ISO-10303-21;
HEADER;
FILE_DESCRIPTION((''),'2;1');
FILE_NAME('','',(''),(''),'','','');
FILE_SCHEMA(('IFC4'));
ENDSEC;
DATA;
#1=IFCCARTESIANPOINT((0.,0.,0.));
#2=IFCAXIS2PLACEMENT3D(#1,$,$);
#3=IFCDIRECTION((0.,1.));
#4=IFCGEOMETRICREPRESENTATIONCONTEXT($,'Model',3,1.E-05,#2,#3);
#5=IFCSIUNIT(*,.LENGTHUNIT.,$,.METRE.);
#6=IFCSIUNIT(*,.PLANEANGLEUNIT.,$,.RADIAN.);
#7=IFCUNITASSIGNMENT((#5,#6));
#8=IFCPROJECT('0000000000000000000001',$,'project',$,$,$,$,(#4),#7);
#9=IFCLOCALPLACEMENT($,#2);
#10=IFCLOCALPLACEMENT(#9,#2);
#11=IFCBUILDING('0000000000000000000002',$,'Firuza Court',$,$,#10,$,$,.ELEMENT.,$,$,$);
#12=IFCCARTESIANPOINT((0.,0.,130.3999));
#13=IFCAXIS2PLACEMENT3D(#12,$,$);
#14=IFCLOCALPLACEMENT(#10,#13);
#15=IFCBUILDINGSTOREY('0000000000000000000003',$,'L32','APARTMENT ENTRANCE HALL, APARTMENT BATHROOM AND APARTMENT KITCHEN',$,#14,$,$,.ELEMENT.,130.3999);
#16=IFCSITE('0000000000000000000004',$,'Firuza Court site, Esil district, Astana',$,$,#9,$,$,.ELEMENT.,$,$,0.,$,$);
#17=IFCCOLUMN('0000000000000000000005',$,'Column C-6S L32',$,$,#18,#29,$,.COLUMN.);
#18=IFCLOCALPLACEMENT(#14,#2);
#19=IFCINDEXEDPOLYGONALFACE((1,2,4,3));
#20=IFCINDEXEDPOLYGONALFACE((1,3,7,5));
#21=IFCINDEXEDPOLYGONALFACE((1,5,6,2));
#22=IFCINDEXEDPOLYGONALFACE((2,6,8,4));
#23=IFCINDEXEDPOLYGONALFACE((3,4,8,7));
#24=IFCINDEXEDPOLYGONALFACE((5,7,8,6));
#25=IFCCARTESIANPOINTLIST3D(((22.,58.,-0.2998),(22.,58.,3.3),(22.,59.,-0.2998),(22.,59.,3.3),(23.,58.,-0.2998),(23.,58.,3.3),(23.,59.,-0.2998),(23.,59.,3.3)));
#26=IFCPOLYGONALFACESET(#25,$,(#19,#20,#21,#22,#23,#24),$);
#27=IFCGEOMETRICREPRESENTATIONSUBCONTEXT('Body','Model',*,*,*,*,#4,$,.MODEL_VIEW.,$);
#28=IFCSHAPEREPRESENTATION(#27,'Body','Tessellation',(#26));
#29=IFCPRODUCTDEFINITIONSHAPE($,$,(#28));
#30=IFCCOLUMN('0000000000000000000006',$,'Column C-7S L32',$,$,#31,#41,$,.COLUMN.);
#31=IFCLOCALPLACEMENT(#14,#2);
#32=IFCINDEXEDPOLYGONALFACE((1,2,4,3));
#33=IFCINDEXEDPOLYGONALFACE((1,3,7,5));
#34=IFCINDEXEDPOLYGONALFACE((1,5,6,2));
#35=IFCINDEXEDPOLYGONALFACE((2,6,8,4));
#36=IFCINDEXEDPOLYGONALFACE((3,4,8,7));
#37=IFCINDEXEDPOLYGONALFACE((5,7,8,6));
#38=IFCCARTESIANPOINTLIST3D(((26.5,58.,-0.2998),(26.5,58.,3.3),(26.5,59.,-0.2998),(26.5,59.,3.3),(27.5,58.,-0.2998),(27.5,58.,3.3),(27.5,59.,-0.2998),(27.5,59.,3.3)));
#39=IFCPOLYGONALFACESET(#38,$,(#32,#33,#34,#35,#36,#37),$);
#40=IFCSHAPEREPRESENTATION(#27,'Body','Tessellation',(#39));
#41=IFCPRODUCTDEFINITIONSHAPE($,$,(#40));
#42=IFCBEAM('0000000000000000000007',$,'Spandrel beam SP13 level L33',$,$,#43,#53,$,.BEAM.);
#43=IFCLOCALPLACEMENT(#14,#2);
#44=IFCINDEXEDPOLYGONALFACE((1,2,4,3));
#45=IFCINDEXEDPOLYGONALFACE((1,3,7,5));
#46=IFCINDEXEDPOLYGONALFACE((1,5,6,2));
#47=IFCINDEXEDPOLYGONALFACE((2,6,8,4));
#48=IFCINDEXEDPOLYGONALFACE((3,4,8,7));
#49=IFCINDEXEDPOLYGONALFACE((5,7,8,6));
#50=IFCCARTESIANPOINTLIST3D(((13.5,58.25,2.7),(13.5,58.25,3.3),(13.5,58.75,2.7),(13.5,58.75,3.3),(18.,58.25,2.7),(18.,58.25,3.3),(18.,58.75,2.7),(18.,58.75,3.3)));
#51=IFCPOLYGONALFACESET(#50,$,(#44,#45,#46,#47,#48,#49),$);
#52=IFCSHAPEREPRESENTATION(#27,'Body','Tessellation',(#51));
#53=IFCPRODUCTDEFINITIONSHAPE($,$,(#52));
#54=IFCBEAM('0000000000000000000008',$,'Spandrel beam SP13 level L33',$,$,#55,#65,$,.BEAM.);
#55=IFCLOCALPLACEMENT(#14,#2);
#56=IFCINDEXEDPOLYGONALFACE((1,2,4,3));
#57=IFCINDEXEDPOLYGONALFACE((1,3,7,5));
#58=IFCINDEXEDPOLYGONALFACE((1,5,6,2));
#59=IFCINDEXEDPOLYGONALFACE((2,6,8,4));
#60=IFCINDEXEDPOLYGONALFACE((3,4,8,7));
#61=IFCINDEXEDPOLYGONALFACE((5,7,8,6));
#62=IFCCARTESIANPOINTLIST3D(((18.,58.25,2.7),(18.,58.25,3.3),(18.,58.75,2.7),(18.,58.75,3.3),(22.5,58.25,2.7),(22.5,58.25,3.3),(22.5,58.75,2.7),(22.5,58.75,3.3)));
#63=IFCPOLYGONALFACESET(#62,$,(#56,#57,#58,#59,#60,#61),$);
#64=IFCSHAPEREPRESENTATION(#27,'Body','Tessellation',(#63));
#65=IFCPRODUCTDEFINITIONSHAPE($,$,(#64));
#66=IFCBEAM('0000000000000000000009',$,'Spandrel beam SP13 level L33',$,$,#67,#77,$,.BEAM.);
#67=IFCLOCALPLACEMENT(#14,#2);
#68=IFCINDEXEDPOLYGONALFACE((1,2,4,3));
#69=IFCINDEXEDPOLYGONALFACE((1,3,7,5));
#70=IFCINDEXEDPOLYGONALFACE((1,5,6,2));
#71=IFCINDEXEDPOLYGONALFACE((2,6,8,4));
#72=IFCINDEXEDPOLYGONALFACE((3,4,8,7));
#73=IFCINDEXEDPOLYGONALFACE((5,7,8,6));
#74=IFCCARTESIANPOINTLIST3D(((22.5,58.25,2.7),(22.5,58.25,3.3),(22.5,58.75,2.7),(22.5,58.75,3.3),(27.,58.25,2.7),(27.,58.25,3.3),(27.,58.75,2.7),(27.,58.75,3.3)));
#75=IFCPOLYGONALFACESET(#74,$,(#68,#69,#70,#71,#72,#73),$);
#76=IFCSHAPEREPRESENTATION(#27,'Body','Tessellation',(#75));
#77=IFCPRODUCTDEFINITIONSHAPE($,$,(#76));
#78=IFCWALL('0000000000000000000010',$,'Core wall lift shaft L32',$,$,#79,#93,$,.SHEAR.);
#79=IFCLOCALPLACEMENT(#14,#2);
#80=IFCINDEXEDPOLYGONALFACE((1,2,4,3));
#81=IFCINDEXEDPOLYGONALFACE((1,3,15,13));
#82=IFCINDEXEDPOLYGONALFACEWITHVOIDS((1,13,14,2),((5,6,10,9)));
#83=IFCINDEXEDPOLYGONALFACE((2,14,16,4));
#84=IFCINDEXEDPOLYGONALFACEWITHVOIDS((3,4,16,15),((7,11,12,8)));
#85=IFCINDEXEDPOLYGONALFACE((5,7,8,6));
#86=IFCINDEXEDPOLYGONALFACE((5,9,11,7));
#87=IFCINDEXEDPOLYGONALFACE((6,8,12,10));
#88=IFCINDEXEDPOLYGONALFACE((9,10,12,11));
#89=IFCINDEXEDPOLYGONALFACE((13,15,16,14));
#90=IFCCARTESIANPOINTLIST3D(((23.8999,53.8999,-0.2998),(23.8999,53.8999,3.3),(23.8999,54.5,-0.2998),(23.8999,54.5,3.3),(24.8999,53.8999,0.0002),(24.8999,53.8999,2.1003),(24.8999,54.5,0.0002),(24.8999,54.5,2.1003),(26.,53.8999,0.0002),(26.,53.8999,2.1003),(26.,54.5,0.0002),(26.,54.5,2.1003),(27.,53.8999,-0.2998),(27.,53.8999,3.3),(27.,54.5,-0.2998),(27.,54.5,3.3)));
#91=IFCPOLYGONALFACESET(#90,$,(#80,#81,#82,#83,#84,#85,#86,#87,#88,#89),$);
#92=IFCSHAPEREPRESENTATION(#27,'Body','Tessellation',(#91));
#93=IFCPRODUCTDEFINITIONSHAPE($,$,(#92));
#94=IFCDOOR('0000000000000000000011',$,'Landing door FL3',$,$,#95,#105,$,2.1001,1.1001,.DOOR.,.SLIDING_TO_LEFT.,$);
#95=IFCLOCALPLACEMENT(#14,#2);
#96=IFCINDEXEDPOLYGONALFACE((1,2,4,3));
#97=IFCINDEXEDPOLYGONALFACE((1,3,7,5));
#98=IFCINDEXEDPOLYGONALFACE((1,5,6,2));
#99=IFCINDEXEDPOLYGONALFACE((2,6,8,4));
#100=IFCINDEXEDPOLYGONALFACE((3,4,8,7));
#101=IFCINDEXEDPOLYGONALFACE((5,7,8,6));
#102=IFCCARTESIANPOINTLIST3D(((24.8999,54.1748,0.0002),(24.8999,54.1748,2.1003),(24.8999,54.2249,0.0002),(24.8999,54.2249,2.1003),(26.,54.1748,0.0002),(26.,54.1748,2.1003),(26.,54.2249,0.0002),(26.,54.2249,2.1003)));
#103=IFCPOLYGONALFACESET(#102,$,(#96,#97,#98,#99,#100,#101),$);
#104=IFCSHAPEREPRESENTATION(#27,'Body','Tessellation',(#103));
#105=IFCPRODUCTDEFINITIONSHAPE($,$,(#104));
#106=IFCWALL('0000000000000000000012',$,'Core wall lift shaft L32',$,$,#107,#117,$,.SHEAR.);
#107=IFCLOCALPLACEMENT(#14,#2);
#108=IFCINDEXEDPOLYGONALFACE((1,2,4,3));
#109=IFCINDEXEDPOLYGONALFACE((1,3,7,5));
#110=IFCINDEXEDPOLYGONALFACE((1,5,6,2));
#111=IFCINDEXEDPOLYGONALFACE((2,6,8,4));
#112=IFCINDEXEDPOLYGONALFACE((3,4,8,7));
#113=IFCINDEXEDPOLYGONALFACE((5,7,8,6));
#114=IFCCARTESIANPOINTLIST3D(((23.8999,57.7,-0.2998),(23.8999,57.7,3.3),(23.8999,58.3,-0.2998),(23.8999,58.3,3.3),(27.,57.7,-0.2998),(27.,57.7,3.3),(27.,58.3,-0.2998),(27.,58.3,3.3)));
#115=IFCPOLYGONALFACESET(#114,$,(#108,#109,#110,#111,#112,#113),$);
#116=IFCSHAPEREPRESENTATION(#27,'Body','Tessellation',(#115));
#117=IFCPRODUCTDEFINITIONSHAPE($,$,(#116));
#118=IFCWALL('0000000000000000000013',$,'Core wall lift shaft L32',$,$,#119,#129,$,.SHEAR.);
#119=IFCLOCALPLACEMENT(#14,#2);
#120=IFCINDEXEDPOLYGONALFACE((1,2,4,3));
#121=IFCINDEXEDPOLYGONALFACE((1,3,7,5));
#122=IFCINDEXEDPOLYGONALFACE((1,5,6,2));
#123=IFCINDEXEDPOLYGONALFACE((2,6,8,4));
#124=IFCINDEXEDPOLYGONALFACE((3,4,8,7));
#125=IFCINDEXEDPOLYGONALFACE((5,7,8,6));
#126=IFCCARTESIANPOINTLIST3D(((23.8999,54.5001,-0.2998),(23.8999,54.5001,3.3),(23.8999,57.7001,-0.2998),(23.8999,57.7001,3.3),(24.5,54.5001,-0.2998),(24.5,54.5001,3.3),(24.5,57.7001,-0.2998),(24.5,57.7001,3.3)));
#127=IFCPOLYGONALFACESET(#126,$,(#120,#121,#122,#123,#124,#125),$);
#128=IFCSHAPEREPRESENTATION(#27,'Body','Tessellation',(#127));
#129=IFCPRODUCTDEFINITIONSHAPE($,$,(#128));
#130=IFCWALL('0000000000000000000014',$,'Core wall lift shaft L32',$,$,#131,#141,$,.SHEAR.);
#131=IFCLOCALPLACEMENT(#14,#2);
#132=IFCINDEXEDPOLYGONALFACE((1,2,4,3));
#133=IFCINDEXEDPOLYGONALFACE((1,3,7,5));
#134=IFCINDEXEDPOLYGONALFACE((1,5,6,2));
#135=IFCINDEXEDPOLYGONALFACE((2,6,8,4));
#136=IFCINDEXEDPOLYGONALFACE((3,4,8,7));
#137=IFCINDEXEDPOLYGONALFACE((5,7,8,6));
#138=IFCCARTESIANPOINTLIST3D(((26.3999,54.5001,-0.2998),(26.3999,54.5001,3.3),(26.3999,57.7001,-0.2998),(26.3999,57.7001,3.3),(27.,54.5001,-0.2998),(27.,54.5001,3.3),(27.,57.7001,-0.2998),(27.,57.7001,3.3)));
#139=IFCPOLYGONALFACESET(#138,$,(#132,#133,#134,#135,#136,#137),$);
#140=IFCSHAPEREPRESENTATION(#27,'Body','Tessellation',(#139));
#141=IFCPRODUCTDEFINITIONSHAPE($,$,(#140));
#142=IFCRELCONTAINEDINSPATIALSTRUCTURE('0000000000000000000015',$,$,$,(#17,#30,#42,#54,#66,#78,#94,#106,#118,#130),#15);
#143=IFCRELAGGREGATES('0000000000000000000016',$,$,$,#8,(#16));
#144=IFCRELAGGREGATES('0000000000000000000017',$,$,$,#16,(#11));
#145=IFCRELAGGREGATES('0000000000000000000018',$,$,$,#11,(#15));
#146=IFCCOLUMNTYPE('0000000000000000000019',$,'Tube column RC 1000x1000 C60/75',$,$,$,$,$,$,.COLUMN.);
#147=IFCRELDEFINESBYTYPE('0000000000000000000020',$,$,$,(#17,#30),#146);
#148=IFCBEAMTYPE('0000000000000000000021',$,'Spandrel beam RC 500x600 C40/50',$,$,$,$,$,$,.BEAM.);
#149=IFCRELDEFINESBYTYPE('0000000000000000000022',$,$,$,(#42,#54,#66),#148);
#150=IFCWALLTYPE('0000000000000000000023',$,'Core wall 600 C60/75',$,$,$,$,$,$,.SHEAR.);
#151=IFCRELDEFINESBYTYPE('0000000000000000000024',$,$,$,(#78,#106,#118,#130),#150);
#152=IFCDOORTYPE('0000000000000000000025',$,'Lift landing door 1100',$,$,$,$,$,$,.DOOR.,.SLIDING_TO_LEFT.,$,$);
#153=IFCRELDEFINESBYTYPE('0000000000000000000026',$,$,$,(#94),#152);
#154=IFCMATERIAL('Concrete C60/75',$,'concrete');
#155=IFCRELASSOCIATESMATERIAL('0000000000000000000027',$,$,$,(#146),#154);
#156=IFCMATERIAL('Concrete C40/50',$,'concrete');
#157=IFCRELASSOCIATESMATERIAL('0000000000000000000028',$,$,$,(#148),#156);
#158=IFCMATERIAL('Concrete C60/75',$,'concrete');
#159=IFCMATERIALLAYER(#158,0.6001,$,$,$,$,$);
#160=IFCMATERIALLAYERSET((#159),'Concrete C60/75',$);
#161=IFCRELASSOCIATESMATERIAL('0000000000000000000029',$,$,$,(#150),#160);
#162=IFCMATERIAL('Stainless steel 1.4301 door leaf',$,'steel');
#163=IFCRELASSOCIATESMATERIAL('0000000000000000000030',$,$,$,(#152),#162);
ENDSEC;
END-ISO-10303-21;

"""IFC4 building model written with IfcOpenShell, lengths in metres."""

from ifc_helpers import new_model, si_unit, direction, frame, frame_2d, origin, origin_2d, place, context, subcontext, project, spatial, rectangle, extrude, material, layer, layer_set, material_profile, profile_set, type_object, element, fill, save


model = new_model("IFC4")

# Units and contexts
model_context = context("Model", 3, precision=1e-05, world=origin(), true_north=direction((0.0, 1.0)))
body_context = subcontext(model_context, "Body", "Model", "MODEL_VIEW")
ifc_project = project(units=[si_unit("LENGTHUNIT", "METRE"), si_unit("PLANEANGLEUNIT", "RADIAN")], contexts=[model_context])

# Site, building, storey
site_placement = place(None, origin())
site = spatial("IfcSite", under=ifc_project, at=site_placement, Name="Firuza Court site, Esil district, Astana", CompositionType="ELEMENT", RefElevation=0.0)
building_placement = place(site_placement, origin())
building = spatial("IfcBuilding", under=site, at=building_placement, Name="Firuza Court", CompositionType="ELEMENT")
storey_placement = place(building_placement, frame((0.0, 0.0, 130.3999)))
storey = spatial("IfcBuildingStorey", under=building, at=storey_placement, Name="L32", Description="APARTMENT ENTRANCE HALL, APARTMENT BATHROOM AND APARTMENT KITCHEN", CompositionType="ELEMENT", Elevation=130.3999)

# Columns
ifc_material_1 = material(Name="Concrete C60/75", Category="concrete")
ifc_material_profile_1 = material_profile(ifc_material_1, rectangle(XDim=1.0, YDim=1.0, at=origin_2d()), Name="RC 1000x1000")
ifc_profile_set_1 = profile_set([ifc_material_profile_1], Name="Concrete C60/75")
column_type = type_object("IfcColumnType", Name="Tube column RC 1000x1000 C60/75", PredefinedType="COLUMN", material=ifc_profile_set_1)
for number, where, z_axis, x_axis, name in (
    (1, (22.5, 58.5, -0.2998), (0.0, 0.0, 1.0), (1.0, 0.0, 0.0), "Column C-6S L32"),
    (2, (27.0, 58.5, -0.2998), (0.0, 0.0, 1.0), (1.0, 0.0, 0.0), "Column C-7S L32"),
):
    element("IfcColumn", number, at=place(storey_placement, frame(where, z_axis=z_axis, x_axis=x_axis)), inside=storey, type_object=column_type, Name=name, PredefinedType="COLUMN", context=body_context, shape_type="SweptSolid", body=[
        extrude(rectangle(XDim=1.0, YDim=1.0, at=origin_2d()), origin(), (0.0, 0.0, 1.0), 3.5999),
    ])

# Beams
ifc_material_2 = material(Name="Concrete C40/50", Category="concrete")
ifc_material_profile_2 = material_profile(ifc_material_2, rectangle(XDim=0.5, YDim=0.6001, at=origin_2d()), Name="RC 500x600")
ifc_profile_set_2 = profile_set([ifc_material_profile_2], Name="Concrete C40/50")
beam_type = type_object("IfcBeamType", Name="Spandrel beam RC 500x600 C40/50", PredefinedType="BEAM", material=ifc_profile_set_2)
for number, where, z_axis, x_axis, name in (
    (3, (18.0, 58.5, 3.0), (-1.0, 0.0, 0.0), (0.0, -1.0, 0.0), "Spandrel beam SP13 level L33"),
    (4, (22.5, 58.5, 3.0), (-1.0, 0.0, 0.0), (0.0, -1.0, 0.0), "Spandrel beam SP13 level L33"),
    (5, (27.0, 58.5, 3.0), (-1.0, 0.0, 0.0), (0.0, -1.0, 0.0), "Spandrel beam SP13 level L33"),
):
    element("IfcBeam", number, at=place(storey_placement, frame(where, z_axis=z_axis, x_axis=x_axis)), inside=storey, type_object=beam_type, Name=name, PredefinedType="BEAM", context=body_context, shape_type="SweptSolid", body=[
        extrude(rectangle(XDim=0.5, YDim=0.6001, at=origin_2d()), origin(), (0.0, 0.0, 1.0), 4.5),
    ])

# Wall, opening, door
ifc_material_3 = material(Name="Concrete C60/75", Category="concrete")
ifc_layer_1 = layer(ifc_material_3, 0.6001)
ifc_layer_set_1 = layer_set([ifc_layer_1], Name="Concrete C60/75")
wall_type_1 = type_object("IfcWallType", Name="Core wall 600 C60/75", PredefinedType="SHEAR", material=ifc_layer_set_1)
wall_1_placement = place(storey_placement, frame((23.8999, 54.2, -0.2998), z_axis=(0.0, 0.0, 1.0), x_axis=(1.0, 0.0, 0.0)))
wall_1 = element("IfcWall", 6, at=wall_1_placement, inside=storey, type_object=wall_type_1, Name="Core wall lift shaft L32", PredefinedType="SHEAR", context=body_context, shape_type="SweptSolid", body=[
    extrude(rectangle(XDim=3.1001, YDim=0.6001, at=frame_2d((1.55, 0.0))), origin(), (0.0, 0.0, 1.0), 3.5999),
])
opening_1_placement = place(wall_1_placement, frame((1.0, 0.0, 0.3)))
opening_1 = element("IfcOpeningElement", 7, at=opening_1_placement, cuts=wall_1, PredefinedType="OPENING", context=body_context, shape_type="SweptSolid", body=[
    extrude(rectangle(XDim=1.1001, YDim=2.1001, at=frame_2d((0.55, 1.05))), frame((0.0, 0.312, 0.0), z_axis=(0.0, -1.0, 0.0), x_axis=(1.0, 0.0, 0.0)), (0.0, 0.0, 1.0), 0.624),
])
ifc_material_4 = material(Name="Stainless steel 1.4301 door leaf", Category="steel")
door_type_1 = type_object("IfcDoorType", Name="Lift landing door 1100", OperationType="SLIDING_TO_LEFT", PredefinedType="DOOR", material=ifc_material_4)
door_1_placement = place(opening_1_placement, origin())
door_1 = element("IfcDoor", 8, at=door_1_placement, inside=storey, type_object=door_type_1, Name="Landing door FL3", OperationType="SLIDING_TO_LEFT", OverallHeight=2.1001, OverallWidth=1.1001, PredefinedType="DOOR", context=body_context, shape_type="SweptSolid", body=[
    extrude(rectangle(XDim=1.1001, YDim=2.1001, at=frame_2d((0.55, 1.05))), frame((0.0, 0.0249, 0.0), z_axis=(0.0, -1.0, 0.0), x_axis=(1.0, 0.0, 0.0)), (0.0, 0.0, 1.0), 0.05),
])
fill(opening_1, door_1)

# Walls
wall_2_placement = place(storey_placement, frame((23.8999, 58.0, -0.2998), z_axis=(0.0, 0.0, 1.0), x_axis=(1.0, 0.0, 0.0)))
element("IfcWall", 9, at=wall_2_placement, inside=storey, type_object=wall_type_1, Name="Core wall lift shaft L32", PredefinedType="SHEAR", context=body_context, shape_type="SweptSolid", body=[
    extrude(rectangle(XDim=3.1001, YDim=0.6001, at=frame_2d((1.55, 0.0))), origin(), (0.0, 0.0, 1.0), 3.5999),
])
for number, where, z_axis, x_axis, name in (
    (10, (24.2, 54.5, -0.2998), (0.0, 0.0, 1.0), (0.0, 1.0, 0.0), "Core wall lift shaft L32"),
    (11, (26.7, 54.5, -0.2998), (0.0, 0.0, 1.0), (0.0, 1.0, 0.0), "Core wall lift shaft L32"),
):
    element("IfcWall", number, at=place(storey_placement, frame(where, z_axis=z_axis, x_axis=x_axis)), inside=storey, type_object=wall_type_1, Name=name, PredefinedType="SHEAR", context=body_context, shape_type="SweptSolid", body=[
        extrude(rectangle(XDim=3.2, YDim=0.6001, at=frame_2d((1.6001, 0.0))), origin(), (0.0, 0.0, 1.0), 3.5999),
    ])

save(model, "model.ifc")
